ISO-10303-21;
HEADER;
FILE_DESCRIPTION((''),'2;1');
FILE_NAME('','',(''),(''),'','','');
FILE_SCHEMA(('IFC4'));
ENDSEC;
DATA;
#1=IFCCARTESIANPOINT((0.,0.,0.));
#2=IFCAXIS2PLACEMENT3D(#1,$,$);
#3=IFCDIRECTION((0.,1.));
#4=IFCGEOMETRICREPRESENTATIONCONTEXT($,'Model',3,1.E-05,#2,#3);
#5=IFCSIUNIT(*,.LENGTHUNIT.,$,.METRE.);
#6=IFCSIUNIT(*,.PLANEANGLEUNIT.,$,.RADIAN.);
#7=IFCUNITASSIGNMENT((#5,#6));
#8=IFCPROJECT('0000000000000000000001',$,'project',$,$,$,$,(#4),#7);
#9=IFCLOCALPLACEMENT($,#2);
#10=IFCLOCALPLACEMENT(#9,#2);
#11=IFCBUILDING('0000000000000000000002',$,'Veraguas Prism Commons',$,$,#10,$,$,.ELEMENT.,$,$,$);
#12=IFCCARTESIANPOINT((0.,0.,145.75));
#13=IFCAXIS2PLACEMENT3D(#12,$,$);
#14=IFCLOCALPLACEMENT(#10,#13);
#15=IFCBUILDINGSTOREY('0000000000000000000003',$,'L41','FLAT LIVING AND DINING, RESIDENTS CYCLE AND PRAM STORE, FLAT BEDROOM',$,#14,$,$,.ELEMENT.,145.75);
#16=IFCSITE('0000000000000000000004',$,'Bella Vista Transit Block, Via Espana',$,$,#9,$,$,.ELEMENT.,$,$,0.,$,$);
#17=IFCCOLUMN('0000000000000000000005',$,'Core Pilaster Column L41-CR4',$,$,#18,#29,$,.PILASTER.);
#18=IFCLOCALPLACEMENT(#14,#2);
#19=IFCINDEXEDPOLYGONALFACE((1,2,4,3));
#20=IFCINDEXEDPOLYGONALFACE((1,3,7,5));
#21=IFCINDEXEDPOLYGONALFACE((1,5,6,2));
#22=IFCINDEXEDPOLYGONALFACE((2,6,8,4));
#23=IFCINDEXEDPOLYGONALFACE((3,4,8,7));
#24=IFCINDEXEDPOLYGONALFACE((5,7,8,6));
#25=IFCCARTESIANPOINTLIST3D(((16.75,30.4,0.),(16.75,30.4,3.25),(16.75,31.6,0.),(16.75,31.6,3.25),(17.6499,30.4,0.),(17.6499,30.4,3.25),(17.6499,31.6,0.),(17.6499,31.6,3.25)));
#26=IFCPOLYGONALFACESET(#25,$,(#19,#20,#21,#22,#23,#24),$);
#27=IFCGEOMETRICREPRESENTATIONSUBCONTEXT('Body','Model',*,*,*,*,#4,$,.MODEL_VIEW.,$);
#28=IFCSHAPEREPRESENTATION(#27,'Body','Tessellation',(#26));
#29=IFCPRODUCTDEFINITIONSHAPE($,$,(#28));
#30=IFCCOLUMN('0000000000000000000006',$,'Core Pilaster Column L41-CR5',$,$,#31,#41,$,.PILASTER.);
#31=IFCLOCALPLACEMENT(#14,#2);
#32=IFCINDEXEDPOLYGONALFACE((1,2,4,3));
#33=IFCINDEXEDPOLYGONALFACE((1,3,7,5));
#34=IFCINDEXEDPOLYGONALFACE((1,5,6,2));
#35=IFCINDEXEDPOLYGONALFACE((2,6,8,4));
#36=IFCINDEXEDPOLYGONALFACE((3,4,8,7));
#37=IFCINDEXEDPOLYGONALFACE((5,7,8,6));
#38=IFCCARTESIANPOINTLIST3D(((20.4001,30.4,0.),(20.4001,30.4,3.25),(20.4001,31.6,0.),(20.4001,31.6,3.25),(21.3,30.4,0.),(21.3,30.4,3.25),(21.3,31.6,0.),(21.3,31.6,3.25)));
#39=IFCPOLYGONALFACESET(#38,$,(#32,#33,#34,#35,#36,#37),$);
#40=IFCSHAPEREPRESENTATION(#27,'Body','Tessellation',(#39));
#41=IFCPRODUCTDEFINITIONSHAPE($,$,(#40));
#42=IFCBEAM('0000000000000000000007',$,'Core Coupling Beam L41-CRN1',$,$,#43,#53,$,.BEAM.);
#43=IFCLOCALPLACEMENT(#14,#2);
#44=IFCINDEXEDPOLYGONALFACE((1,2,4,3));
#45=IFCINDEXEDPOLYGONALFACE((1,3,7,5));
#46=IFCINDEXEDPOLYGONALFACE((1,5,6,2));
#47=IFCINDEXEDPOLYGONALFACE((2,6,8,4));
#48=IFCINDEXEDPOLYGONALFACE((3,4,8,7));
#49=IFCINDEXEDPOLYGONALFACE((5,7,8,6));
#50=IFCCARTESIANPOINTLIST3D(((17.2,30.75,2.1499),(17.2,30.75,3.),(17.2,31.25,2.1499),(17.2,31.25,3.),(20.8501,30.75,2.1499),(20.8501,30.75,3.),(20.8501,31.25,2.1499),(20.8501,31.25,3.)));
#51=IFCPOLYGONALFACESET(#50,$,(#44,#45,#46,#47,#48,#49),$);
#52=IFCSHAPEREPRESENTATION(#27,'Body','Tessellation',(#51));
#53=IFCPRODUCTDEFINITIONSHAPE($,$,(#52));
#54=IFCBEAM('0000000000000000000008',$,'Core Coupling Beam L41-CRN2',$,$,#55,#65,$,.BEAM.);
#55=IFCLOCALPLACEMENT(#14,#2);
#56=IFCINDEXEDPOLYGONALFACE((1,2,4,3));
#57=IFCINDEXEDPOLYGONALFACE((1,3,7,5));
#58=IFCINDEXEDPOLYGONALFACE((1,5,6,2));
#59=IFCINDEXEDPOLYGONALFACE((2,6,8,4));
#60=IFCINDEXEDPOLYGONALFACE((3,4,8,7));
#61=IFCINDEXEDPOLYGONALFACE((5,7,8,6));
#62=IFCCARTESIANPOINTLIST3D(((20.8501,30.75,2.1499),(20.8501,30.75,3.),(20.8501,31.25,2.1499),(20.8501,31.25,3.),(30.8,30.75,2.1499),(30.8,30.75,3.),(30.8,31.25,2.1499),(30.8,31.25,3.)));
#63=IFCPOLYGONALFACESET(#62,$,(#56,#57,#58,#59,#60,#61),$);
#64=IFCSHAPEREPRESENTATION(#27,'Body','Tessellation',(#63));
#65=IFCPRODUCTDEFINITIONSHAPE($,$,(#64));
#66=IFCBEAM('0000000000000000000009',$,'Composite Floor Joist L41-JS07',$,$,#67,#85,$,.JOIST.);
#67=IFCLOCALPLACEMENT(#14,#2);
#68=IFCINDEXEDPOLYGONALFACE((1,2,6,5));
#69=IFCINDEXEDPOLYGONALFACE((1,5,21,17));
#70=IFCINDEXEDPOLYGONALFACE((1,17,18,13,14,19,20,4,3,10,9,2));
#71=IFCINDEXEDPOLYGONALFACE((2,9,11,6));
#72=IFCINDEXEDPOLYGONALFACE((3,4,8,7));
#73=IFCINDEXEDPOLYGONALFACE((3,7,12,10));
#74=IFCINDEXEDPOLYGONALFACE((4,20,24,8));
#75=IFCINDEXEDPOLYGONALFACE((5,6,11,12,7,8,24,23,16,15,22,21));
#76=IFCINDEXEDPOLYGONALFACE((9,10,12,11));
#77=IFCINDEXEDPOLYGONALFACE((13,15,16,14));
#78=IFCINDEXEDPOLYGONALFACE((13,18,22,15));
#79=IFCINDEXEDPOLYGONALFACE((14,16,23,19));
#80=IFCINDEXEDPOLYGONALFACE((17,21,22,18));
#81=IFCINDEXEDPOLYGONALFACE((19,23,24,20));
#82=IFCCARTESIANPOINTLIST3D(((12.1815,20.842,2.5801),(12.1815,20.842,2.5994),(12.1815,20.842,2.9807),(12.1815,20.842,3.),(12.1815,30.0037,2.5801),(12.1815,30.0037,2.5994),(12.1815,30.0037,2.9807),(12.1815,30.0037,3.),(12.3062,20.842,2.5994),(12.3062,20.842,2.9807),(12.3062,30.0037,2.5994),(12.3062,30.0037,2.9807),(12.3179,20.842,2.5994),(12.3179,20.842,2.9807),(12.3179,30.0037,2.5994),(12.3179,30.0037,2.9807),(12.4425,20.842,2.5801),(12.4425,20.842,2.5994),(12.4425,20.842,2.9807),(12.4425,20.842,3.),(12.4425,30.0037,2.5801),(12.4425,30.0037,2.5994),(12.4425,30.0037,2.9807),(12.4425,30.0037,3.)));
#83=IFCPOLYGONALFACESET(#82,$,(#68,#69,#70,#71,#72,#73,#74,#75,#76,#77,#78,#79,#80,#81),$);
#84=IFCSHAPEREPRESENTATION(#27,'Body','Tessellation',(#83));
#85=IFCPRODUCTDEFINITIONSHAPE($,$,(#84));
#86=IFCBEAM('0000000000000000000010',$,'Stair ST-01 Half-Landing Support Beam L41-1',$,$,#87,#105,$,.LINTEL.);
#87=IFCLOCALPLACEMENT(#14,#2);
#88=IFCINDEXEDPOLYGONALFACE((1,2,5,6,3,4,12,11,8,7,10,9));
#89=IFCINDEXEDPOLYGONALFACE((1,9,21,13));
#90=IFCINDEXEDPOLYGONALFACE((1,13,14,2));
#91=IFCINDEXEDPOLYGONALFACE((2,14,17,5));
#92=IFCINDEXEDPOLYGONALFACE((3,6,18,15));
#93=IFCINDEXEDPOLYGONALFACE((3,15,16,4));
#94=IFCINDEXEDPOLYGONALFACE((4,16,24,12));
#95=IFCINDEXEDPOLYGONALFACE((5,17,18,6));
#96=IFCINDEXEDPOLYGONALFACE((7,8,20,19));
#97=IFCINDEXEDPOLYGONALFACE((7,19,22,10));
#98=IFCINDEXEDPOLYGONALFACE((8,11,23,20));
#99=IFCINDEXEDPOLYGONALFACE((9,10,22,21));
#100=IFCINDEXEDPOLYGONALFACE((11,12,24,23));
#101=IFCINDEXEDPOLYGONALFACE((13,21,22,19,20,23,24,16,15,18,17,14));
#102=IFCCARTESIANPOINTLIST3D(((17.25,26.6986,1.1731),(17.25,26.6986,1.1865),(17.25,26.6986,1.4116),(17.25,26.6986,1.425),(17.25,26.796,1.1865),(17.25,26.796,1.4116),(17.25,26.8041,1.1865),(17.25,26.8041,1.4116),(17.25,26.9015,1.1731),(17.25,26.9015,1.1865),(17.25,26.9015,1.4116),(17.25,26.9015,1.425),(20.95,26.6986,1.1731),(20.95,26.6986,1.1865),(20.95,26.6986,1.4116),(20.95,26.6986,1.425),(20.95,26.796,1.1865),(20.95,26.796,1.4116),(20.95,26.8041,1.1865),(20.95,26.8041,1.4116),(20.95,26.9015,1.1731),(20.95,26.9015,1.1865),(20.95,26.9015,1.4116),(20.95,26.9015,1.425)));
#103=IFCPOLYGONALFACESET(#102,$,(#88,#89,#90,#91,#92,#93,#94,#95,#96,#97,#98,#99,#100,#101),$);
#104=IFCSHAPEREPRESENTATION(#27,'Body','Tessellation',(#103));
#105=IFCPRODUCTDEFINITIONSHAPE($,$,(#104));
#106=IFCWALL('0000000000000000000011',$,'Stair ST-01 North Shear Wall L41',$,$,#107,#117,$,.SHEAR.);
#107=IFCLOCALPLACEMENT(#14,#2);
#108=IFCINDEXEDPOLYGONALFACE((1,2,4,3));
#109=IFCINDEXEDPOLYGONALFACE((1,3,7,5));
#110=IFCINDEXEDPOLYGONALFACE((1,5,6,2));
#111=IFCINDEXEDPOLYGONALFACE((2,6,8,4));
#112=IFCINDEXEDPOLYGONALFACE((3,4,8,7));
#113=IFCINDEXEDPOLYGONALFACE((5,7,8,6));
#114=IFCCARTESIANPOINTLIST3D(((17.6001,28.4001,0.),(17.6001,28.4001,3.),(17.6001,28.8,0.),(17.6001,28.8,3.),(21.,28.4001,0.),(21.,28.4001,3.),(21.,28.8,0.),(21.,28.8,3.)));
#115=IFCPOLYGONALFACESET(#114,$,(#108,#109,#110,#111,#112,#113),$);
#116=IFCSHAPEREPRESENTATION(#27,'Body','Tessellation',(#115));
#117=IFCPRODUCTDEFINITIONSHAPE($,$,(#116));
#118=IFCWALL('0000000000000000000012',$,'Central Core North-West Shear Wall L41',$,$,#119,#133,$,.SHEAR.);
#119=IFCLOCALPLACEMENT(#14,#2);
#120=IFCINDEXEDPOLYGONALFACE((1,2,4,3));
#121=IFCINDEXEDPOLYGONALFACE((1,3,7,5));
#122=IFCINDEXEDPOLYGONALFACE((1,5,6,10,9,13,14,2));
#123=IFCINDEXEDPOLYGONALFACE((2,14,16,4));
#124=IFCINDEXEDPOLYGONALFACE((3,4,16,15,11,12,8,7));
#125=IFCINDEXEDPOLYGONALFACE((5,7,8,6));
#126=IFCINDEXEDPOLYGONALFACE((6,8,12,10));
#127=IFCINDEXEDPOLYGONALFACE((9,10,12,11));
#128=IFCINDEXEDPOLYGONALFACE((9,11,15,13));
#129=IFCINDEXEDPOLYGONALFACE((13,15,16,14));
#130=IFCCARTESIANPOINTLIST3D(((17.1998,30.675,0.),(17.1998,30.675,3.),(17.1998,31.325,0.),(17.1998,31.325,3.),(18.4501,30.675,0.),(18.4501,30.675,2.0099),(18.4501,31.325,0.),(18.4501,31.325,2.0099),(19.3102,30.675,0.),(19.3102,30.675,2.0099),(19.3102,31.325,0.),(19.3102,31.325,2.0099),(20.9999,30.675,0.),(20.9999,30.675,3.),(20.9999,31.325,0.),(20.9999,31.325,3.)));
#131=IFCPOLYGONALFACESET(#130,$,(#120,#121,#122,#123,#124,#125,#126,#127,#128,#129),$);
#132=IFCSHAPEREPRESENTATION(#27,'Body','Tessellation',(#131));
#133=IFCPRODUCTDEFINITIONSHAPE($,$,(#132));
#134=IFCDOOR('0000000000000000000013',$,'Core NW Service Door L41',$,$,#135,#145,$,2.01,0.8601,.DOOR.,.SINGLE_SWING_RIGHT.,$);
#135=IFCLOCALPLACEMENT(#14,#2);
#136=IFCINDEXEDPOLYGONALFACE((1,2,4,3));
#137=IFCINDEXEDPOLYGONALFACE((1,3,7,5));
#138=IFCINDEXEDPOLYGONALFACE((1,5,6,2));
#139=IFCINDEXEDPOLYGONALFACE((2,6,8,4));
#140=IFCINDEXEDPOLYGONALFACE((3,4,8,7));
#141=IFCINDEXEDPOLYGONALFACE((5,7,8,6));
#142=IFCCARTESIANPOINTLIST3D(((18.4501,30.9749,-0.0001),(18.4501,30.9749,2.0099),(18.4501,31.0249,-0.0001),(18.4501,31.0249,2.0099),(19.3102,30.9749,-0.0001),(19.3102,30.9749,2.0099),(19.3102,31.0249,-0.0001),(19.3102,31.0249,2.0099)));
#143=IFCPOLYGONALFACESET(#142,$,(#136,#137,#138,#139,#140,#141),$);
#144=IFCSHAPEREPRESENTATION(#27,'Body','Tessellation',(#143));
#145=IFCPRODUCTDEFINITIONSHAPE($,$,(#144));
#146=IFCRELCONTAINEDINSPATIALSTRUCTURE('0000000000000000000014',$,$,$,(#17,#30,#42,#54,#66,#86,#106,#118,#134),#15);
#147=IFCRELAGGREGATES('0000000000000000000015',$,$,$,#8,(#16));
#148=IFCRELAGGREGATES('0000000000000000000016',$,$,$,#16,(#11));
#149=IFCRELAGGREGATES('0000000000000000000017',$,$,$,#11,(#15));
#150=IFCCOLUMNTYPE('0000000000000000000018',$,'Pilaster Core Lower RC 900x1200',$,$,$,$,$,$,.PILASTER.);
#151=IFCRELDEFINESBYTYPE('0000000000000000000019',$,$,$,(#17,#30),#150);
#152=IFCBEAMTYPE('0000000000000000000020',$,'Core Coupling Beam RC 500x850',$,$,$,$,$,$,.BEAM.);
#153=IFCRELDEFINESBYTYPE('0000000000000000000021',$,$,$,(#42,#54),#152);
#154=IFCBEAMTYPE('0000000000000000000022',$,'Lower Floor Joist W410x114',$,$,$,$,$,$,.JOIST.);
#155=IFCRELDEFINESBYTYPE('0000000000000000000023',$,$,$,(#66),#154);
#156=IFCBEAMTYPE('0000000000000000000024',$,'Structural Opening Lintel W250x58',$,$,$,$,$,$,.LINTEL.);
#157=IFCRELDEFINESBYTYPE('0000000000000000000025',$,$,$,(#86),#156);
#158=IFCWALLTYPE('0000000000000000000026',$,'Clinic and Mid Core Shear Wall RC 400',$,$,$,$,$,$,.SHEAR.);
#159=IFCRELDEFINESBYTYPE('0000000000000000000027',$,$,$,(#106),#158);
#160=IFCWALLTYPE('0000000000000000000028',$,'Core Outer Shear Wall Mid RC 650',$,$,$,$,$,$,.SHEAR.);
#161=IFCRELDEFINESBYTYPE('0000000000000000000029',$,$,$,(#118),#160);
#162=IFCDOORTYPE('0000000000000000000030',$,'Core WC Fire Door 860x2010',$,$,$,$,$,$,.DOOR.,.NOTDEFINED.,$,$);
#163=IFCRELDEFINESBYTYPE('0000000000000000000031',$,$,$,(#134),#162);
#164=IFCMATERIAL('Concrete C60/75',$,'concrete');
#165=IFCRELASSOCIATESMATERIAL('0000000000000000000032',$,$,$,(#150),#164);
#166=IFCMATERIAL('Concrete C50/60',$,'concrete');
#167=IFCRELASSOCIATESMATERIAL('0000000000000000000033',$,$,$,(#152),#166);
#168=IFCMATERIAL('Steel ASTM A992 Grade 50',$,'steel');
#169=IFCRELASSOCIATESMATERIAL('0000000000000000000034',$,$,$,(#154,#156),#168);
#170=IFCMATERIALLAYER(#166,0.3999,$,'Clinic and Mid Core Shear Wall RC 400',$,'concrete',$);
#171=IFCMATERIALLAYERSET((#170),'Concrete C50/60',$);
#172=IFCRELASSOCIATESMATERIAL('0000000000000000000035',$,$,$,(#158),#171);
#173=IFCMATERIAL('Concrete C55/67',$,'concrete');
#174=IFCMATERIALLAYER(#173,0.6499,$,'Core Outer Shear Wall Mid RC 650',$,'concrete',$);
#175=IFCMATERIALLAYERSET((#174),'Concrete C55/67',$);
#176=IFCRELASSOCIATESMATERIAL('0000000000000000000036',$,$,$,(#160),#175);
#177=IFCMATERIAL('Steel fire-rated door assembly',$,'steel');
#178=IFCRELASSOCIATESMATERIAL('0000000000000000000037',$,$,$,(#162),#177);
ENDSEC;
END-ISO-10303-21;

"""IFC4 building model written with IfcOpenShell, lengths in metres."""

from ifc_helpers import new_model, si_unit, direction, frame, frame_2d, origin, origin_2d, place, context, subcontext, project, spatial, rectangle, i_section, extrude, source, transform, mapped, material, layer, layer_set, material_profile, profile_set, type_object, element, fill, save


model = new_model("IFC4")

# Units and contexts
model_context = context("Model", 3, precision=1e-05, world=origin(), true_north=direction((0.0, 1.0)))
body_context = subcontext(model_context, "Body", "Model", "MODEL_VIEW")
ifc_project = project(units=[si_unit("LENGTHUNIT", "METRE"), si_unit("PLANEANGLEUNIT", "RADIAN")], contexts=[model_context])

# Site, building, storey
site_placement = place(None, origin())
site = spatial("IfcSite", under=ifc_project, at=site_placement, Name="Bella Vista Transit Block, Via Espana", CompositionType="ELEMENT", RefElevation=0.0)
building_placement = place(site_placement, origin())
building = spatial("IfcBuilding", under=site, at=building_placement, Name="Veraguas Prism Commons", CompositionType="ELEMENT")
storey_placement = place(building_placement, frame((0.0, 0.0, 145.75)))
storey = spatial("IfcBuildingStorey", under=building, at=storey_placement, Name="L41", Description="FLAT LIVING AND DINING, RESIDENTS CYCLE AND PRAM STORE, FLAT BEDROOM", CompositionType="ELEMENT", Elevation=145.75)

# Columns
ifc_material_1 = material(Name="Concrete C60/75", Category="concrete")
ifc_material_profile_1 = material_profile(ifc_material_1, rectangle(XDim=0.8999, YDim=1.2, at=origin_2d()), Name="RC900X1200")
ifc_profile_set_1 = profile_set([ifc_material_profile_1], Name="Concrete C60/75")
column_type = type_object("IfcColumnType", Name="Pilaster Core Lower RC 900x1200", PredefinedType="PILASTER", material=ifc_profile_set_1)
for number, where, z_axis, x_axis, name in (
    (1, (17.2, 31.0, 0.0), (0.0, 0.0, 1.0), (1.0, 0.0, 0.0), "Core Pilaster Column L41-CR4"),
    (2, (20.8501, 31.0, 0.0), (0.0, 0.0, 1.0), (1.0, 0.0, 0.0), "Core Pilaster Column L41-CR5"),
):
    element("IfcColumn", number, at=place(storey_placement, frame(where, z_axis=z_axis, x_axis=x_axis)), inside=storey, type_object=column_type, Name=name, PredefinedType="PILASTER", context=body_context, shape_type="SweptSolid", body=[
        extrude(rectangle(XDim=0.8999, YDim=1.2, at=origin_2d()), origin(), (0.0, 0.0, 1.0), 3.25),
    ])

# Beams
ifc_material_2 = material(Name="Concrete C50/60", Category="concrete")
ifc_material_profile_2 = material_profile(ifc_material_2, rectangle(XDim=0.5, YDim=0.8501, at=origin_2d()), Name="RC500X850")
ifc_profile_set_2 = profile_set([ifc_material_profile_2], Name="Concrete C50/60")
beam_type_1 = type_object("IfcBeamType", Name="Core Coupling Beam RC 500x850", PredefinedType="BEAM", material=ifc_profile_set_2)
beam_1_placement = place(storey_placement, frame((17.2, 31.0, 2.575), z_axis=(1.0, 0.0, 0.0), x_axis=(0.0, 1.0, 0.0)))
element("IfcBeam", 3, at=beam_1_placement, inside=storey, type_object=beam_type_1, Name="Core Coupling Beam L41-CRN1", PredefinedType="BEAM", context=body_context, shape_type="SweptSolid", body=[
    extrude(rectangle(XDim=0.5, YDim=0.8501, at=origin_2d()), origin(), (0.0, 0.0, 1.0), 3.6501),
])
beam_2_placement = place(storey_placement, frame((20.8501, 31.0, 2.575), z_axis=(1.0, 0.0, 0.0), x_axis=(0.0, 1.0, 0.0)))
element("IfcBeam", 4, at=beam_2_placement, inside=storey, type_object=beam_type_1, Name="Core Coupling Beam L41-CRN2", PredefinedType="BEAM", context=body_context, shape_type="SweptSolid", body=[
    extrude(rectangle(XDim=0.5, YDim=0.8501, at=origin_2d()), origin(), (0.0, 0.0, 1.0), 9.95),
])
ifc_material_3 = material(Name="Steel ASTM A992 Grade 50", Category="steel")
ifc_material_profile_3 = material_profile(ifc_material_3, i_section(OverallWidth=0.261, OverallDepth=0.4199, WebThickness=0.0117, FlangeThickness=0.0193, at=origin_2d()), Name="W410X114")
ifc_profile_set_3 = profile_set([ifc_material_profile_3], Name="Steel ASTM A992 Grade 50")
beam_type_2 = type_object("IfcBeamType", Name="Lower Floor Joist W410x114", PredefinedType="JOIST", material=ifc_profile_set_3)
beam_3_placement = place(storey_placement, frame((12.312, 30.0037, 2.79), z_axis=(0.0, -1.0, 0.0), x_axis=(1.0, 0.0, 0.0)))
element("IfcBeam", 5, at=beam_3_placement, inside=storey, type_object=beam_type_2, Name="Composite Floor Joist L41-JS07", PredefinedType="JOIST", context=body_context, shape_type="SweptSolid", body=[
    extrude(i_section(OverallWidth=0.261, OverallDepth=0.4199, WebThickness=0.0117, FlangeThickness=0.0193, at=origin_2d()), origin(), (0.0, 0.0, 1.0), 9.1616),
])
ifc_material_profile_4 = material_profile(ifc_material_3, i_section(OverallWidth=0.2029, OverallDepth=0.252, WebThickness=0.0081, FlangeThickness=0.0134, at=origin_2d()), Name="W250X58")
ifc_profile_set_4 = profile_set([ifc_material_profile_4], Name="Steel ASTM A992 Grade 50")
beam_type_3 = type_object("IfcBeamType", Name="Structural Opening Lintel W250x58", PredefinedType="LINTEL", material=ifc_profile_set_4)
beam_4_placement = place(storey_placement, frame((17.25, 26.8, 1.2991), z_axis=(1.0, 0.0, 0.0), x_axis=(0.0, 1.0, 0.0)))
element("IfcBeam", 6, at=beam_4_placement, inside=storey, type_object=beam_type_3, Name="Stair ST-01 Half-Landing Support Beam L41-1", PredefinedType="LINTEL", context=body_context, shape_type="SweptSolid", body=[
    extrude(i_section(OverallWidth=0.2029, OverallDepth=0.252, WebThickness=0.0081, FlangeThickness=0.0134, at=origin_2d()), origin(), (0.0, 0.0, 1.0), 3.7),
])

# Wall
ifc_layer_1 = layer(ifc_material_2, 0.3999, Name="Clinic and Mid Core Shear Wall RC 400", Category="concrete")
ifc_layer_set_1 = layer_set([ifc_layer_1], Name="Concrete C50/60")
wall_type_1 = type_object("IfcWallType", Name="Clinic and Mid Core Shear Wall RC 400", PredefinedType="SHEAR", material=ifc_layer_set_1)
wall_1_placement = place(storey_placement, frame((17.6001, 28.6001, 0.0), z_axis=(0.0, 0.0, 1.0), x_axis=(1.0, 0.0, 0.0)))
element("IfcWall", 7, at=wall_1_placement, inside=storey, type_object=wall_type_1, Name="Stair ST-01 North Shear Wall L41", PredefinedType="SHEAR", context=body_context, shape_type="SweptSolid", body=[
    extrude(rectangle(XDim=3.3999, YDim=0.3999, at=frame_2d((1.7, 0.0))), origin(), (0.0, 0.0, 1.0), 3.0),
])

# Wall, opening, door
ifc_material_4 = material(Name="Concrete C55/67", Category="concrete")
ifc_layer_2 = layer(ifc_material_4, 0.6499, Name="Core Outer Shear Wall Mid RC 650", Category="concrete")
ifc_layer_set_2 = layer_set([ifc_layer_2], Name="Concrete C55/67")
wall_type_2 = type_object("IfcWallType", Name="Core Outer Shear Wall Mid RC 650", PredefinedType="SHEAR", material=ifc_layer_set_2)
wall_2_placement = place(storey_placement, frame((17.2, 31.0, 0.0), z_axis=(0.0, 0.0, 1.0), x_axis=(1.0, 0.0, 0.0)))
wall_2 = element("IfcWall", 8, at=wall_2_placement, inside=storey, type_object=wall_type_2, Name="Central Core North-West Shear Wall L41", PredefinedType="SHEAR", context=body_context, shape_type="SweptSolid", body=[
    extrude(rectangle(XDim=3.8, YDim=0.6499, at=frame_2d((1.8999, 0.0))), origin(), (0.0, 0.0, 1.0), 3.0),
])
opening_1_placement = place(wall_2_placement, frame((1.25, 0.0, 0.0)))
opening_1 = element("IfcOpeningElement", 9, at=opening_1_placement, cuts=wall_2, PredefinedType="OPENING", context=body_context, shape_type="SweptSolid", body=[
    extrude(rectangle(XDim=0.8601, YDim=2.01, at=frame_2d((0.4302, 1.0049))), frame((0.0, 0.335, 0.0), z_axis=(0.0, -1.0, 0.0), x_axis=(1.0, 0.0, 0.0)), (0.0, 0.0, 1.0), 0.6699),
])
ifc_material_5 = material(Name="Steel fire-rated door assembly", Category="steel")
door_type_1 = type_object("IfcDoorType", Name="Core WC Fire Door 860x2010", OperationType="NOTDEFINED", PredefinedType="DOOR", material=ifc_material_5)
shared_shape_1 = source(origin(), body_context, "Body", "SweptSolid", [
    extrude(rectangle(XDim=0.8601, YDim=2.01, at=frame_2d((0.4302, 1.0049))), frame((0.0, 0.0249, 0.0), z_axis=(0.0, -1.0, 0.0), x_axis=(1.0, 0.0, 0.0)), (0.0, 0.0, 1.0), 0.05),
])
door_1_placement = place(opening_1_placement, origin())
door_1 = element("IfcDoor", 10, at=door_1_placement, inside=storey, type_object=door_type_1, Name="Core NW Service Door L41", OperationType="SINGLE_SWING_RIGHT", OverallHeight=2.01, OverallWidth=0.8601, PredefinedType="DOOR", context=body_context, shape_type="MappedRepresentation", body=[
    mapped(shared_shape_1, transform((0.0, 0.0, 0.0), scale=1.0)),
])
fill(opening_1, door_1)

save(model, "model.ifc")
